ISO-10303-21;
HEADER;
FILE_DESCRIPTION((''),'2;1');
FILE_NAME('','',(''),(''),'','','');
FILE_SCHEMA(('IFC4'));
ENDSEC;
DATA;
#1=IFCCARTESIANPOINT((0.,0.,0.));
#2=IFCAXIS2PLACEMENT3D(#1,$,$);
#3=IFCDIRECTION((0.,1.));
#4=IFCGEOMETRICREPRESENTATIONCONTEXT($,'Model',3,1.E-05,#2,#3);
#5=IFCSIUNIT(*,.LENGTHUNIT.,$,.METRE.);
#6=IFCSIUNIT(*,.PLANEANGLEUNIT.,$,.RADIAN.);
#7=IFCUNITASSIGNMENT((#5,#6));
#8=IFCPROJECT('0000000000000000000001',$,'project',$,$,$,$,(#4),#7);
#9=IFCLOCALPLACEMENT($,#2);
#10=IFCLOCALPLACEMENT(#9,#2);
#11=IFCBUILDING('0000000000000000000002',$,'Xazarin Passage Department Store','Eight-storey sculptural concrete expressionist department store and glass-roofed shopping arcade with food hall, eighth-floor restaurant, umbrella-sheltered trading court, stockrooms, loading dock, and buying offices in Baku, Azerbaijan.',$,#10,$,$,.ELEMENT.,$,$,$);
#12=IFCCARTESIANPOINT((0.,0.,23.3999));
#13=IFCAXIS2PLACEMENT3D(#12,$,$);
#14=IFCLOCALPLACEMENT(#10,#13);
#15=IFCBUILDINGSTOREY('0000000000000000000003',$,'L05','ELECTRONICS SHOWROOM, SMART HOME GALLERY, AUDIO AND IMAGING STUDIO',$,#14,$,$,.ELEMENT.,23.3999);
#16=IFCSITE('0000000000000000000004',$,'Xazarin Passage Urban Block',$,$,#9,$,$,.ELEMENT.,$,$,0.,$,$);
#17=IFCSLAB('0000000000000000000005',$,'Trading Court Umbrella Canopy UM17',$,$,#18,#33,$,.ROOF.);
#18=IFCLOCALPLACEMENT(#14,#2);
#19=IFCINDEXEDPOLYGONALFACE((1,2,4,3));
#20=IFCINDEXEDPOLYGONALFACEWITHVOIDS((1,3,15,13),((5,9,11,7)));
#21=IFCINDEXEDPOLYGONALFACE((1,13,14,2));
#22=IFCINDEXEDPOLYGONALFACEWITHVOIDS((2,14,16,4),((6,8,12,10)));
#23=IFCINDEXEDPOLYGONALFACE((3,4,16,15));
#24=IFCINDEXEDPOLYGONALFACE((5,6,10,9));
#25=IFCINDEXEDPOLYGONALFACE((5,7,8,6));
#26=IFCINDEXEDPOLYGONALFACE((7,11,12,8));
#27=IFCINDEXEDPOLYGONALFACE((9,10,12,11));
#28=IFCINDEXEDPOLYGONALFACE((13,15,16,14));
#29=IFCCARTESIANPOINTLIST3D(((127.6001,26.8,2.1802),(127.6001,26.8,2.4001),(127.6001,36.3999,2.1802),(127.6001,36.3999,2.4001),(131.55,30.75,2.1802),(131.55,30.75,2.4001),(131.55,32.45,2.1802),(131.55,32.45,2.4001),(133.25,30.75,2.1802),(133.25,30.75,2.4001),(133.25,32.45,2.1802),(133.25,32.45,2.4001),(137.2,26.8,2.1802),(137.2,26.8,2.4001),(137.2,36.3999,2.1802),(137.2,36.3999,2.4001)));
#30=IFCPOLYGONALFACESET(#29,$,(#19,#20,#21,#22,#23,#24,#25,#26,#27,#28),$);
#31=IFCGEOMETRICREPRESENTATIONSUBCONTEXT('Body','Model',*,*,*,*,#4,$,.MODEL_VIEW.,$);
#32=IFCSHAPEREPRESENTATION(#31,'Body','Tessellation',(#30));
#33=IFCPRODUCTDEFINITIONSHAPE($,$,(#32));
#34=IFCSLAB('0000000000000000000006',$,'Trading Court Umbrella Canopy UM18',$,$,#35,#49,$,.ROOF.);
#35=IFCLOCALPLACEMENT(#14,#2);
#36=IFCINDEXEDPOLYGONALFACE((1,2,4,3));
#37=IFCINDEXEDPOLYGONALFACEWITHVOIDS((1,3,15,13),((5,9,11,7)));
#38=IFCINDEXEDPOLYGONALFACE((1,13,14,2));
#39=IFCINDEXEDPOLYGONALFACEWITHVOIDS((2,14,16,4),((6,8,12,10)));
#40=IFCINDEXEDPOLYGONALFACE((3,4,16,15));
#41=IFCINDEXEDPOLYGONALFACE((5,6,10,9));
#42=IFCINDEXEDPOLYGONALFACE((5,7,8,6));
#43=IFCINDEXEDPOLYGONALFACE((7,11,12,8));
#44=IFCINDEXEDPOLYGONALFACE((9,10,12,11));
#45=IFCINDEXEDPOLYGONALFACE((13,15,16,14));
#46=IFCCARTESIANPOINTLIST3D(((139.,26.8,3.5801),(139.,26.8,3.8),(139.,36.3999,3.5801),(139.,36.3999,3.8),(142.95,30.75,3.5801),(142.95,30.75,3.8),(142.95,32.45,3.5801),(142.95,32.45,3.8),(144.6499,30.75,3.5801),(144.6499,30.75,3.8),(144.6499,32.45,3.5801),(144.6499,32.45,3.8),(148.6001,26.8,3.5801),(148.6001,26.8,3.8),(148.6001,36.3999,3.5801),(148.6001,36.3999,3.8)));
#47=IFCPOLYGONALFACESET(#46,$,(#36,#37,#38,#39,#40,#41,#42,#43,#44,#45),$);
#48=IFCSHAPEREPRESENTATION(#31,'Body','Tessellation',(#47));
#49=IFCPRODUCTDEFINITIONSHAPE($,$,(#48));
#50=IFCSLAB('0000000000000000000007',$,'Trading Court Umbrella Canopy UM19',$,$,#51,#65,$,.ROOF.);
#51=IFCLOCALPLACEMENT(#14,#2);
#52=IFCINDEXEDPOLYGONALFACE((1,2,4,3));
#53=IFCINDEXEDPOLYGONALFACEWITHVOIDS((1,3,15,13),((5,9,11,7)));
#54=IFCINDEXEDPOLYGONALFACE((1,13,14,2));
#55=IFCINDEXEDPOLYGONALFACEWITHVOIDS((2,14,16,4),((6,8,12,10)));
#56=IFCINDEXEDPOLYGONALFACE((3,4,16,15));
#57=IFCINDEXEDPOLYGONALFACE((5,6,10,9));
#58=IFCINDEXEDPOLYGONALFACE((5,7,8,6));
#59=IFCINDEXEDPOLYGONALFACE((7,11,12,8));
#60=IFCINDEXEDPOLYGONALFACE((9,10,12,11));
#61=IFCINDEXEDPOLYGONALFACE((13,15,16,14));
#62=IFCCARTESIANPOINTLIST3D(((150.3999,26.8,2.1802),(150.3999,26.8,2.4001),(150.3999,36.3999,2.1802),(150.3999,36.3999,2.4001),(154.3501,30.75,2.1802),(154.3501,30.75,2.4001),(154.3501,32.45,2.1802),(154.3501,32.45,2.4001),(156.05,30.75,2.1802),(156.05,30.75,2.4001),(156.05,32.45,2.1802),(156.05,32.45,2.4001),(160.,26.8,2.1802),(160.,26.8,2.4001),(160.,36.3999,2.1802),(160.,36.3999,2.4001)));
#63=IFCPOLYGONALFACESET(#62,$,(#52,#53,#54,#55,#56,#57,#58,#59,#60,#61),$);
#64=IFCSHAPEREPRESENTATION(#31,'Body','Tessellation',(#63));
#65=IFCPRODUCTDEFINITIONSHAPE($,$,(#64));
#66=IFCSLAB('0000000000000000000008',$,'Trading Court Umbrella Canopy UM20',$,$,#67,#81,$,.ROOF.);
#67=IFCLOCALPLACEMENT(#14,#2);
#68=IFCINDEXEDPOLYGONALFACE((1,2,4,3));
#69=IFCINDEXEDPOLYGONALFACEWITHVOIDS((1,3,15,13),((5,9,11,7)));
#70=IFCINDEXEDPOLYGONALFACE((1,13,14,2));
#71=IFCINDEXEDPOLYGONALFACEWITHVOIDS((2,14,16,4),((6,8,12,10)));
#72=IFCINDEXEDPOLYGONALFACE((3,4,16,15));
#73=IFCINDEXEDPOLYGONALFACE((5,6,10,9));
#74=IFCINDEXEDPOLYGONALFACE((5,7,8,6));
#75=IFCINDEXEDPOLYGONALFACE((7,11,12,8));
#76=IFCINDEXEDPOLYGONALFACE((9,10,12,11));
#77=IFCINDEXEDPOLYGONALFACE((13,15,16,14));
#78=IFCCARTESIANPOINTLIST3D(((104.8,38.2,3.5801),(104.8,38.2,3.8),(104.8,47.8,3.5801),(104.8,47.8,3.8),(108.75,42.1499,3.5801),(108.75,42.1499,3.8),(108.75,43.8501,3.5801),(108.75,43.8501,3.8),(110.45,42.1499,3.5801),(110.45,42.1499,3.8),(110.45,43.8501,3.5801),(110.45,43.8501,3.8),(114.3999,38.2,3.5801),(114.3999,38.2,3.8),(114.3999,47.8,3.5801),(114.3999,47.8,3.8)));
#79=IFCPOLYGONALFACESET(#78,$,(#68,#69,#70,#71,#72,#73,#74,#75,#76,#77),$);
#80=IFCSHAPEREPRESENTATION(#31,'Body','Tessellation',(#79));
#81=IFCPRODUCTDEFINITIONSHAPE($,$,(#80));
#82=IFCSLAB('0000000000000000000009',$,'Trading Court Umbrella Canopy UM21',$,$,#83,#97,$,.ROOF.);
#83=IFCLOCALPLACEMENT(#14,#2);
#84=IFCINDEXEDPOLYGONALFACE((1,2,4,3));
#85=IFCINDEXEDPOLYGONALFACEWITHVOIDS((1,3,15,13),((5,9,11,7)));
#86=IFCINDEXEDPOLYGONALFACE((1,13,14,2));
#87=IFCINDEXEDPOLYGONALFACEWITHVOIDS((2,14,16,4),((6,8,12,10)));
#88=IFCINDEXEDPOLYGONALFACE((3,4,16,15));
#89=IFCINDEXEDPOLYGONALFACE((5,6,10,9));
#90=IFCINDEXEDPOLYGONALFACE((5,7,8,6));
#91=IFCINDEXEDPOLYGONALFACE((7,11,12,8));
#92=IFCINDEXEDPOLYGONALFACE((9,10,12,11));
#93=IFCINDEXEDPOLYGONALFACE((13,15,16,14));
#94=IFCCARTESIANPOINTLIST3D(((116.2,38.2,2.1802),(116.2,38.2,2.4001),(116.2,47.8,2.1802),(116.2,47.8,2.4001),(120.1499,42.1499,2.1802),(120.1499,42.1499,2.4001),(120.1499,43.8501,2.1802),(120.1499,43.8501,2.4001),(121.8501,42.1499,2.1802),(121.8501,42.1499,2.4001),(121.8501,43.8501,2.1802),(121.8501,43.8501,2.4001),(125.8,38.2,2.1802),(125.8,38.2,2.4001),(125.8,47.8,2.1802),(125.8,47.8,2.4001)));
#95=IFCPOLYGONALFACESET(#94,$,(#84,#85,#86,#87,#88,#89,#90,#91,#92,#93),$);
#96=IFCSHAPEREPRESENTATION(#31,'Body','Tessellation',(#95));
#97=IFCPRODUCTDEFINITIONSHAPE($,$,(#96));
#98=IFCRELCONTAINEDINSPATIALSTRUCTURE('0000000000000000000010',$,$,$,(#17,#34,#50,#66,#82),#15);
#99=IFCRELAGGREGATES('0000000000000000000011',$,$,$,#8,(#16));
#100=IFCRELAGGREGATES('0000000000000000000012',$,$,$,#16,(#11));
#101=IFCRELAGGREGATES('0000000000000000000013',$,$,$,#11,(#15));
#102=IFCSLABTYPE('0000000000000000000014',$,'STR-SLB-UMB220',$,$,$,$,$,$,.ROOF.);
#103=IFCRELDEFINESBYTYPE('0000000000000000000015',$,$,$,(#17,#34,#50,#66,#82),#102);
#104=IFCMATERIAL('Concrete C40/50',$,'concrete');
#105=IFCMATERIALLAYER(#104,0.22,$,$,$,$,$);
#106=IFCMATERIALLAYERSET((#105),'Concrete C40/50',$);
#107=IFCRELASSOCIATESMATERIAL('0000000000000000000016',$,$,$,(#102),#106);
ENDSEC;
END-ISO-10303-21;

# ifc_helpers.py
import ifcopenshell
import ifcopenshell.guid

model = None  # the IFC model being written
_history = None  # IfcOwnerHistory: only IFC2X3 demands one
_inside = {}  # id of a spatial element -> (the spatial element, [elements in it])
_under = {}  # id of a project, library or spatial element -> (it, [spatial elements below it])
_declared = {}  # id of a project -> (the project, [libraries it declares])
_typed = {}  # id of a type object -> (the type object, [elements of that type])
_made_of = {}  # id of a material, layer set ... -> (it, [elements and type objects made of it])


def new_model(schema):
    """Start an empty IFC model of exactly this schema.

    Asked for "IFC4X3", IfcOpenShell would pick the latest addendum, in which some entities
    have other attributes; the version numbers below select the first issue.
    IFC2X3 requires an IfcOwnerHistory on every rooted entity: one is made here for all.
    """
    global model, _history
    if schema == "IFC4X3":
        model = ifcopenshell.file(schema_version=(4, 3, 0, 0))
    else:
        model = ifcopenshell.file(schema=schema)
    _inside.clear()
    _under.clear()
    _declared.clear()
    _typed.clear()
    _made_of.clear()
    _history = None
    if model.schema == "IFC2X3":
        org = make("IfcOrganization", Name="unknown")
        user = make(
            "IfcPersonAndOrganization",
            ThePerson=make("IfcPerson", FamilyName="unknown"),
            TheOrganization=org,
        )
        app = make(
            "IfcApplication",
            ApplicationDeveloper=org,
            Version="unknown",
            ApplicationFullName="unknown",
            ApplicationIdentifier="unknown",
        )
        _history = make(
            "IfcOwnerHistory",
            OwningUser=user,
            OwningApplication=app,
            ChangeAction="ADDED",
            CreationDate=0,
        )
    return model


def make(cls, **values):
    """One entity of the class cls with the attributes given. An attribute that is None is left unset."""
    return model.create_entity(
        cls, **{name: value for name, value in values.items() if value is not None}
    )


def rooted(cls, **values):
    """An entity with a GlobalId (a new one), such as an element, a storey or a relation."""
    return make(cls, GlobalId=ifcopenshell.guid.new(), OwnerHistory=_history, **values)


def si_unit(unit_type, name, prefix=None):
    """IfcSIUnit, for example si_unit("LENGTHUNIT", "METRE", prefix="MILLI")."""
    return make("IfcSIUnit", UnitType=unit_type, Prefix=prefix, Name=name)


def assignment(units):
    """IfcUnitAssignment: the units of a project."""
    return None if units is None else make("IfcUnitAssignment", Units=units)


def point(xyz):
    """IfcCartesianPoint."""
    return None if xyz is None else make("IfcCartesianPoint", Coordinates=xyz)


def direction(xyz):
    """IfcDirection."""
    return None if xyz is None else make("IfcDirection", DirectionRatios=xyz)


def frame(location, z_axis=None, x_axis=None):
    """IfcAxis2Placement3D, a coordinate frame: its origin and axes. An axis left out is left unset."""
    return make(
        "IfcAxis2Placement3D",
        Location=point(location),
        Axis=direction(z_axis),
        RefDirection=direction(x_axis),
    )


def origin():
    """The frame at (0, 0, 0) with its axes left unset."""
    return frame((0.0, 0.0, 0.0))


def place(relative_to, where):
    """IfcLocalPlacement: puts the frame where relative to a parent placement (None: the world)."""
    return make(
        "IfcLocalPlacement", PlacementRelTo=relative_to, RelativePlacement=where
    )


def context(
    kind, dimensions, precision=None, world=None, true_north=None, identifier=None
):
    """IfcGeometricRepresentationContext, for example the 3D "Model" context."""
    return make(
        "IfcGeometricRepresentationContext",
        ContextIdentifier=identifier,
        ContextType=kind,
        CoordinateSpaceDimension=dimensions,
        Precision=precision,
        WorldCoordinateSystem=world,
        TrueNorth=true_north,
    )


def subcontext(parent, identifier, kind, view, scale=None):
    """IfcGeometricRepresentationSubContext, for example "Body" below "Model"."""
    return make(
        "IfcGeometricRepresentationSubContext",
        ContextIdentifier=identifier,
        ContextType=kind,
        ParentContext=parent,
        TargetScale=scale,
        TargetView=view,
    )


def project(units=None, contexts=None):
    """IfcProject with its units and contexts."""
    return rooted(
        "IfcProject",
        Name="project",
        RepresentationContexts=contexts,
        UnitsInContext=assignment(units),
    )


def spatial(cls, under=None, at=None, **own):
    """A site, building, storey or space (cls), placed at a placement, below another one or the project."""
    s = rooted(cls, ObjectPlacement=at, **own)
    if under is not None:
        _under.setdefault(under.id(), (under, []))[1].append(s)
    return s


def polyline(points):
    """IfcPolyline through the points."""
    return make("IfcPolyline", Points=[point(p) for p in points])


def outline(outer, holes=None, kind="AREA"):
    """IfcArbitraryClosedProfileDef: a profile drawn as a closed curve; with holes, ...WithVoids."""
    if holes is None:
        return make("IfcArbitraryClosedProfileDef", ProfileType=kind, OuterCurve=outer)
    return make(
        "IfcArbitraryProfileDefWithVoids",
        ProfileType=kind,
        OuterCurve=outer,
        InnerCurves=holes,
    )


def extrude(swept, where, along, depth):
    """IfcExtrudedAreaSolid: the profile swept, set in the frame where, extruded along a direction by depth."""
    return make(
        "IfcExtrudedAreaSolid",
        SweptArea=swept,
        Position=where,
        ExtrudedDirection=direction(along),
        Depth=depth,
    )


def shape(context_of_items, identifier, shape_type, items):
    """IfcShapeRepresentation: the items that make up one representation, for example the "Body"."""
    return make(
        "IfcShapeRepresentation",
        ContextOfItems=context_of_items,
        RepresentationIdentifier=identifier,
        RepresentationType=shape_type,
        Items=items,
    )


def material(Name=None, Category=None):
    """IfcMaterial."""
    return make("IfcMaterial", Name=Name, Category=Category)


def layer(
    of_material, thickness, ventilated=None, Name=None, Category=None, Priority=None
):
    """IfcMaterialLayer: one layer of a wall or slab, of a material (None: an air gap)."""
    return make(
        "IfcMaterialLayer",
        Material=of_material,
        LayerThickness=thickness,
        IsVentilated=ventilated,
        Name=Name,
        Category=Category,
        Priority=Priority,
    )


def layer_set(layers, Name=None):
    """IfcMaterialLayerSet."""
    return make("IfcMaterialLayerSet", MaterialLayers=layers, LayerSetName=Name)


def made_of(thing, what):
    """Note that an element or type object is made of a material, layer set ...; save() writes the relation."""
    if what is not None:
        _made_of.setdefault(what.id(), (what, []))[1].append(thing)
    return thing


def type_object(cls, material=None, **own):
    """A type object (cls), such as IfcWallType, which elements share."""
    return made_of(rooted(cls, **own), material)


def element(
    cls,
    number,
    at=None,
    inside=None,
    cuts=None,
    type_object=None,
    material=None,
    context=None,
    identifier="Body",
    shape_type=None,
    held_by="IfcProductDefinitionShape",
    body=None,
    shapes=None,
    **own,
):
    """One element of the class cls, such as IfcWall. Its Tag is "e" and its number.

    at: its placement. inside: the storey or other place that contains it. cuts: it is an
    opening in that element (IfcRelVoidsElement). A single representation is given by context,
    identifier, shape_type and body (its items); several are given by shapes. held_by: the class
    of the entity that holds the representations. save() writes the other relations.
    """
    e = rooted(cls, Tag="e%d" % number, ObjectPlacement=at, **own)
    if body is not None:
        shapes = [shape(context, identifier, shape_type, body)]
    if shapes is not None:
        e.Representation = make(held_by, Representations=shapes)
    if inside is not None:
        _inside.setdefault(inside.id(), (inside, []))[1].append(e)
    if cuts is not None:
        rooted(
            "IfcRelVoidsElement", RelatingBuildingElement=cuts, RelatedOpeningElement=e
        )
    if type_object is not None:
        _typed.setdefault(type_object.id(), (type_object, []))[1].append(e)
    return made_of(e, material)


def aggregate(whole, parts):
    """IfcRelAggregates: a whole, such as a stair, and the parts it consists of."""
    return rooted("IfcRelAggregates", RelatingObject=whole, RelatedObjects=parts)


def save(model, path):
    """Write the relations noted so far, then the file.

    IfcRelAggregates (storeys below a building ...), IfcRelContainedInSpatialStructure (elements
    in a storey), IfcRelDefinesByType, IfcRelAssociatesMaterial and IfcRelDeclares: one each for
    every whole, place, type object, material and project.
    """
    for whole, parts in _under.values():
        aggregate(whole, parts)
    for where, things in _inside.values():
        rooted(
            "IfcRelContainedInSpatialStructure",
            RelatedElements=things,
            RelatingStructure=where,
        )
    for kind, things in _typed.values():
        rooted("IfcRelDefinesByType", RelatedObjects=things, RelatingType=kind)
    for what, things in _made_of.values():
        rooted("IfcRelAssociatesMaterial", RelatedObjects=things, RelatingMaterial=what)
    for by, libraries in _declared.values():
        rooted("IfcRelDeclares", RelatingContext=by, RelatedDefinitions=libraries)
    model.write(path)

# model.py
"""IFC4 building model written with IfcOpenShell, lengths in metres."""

from ifc_helpers import new_model, si_unit, direction, frame, origin, place, context, subcontext, project, spatial, polyline, outline, extrude, material, layer, layer_set, type_object, element, save


model = new_model("IFC4")

# Units and contexts
model_context = context("Model", 3, precision=1e-05, world=origin(), true_north=direction((0.0, 1.0)))
body_context = subcontext(model_context, "Body", "Model", "MODEL_VIEW")
ifc_project = project(units=[si_unit("LENGTHUNIT", "METRE"), si_unit("PLANEANGLEUNIT", "RADIAN")], contexts=[model_context])

# Site, building, storey
site_placement = place(None, origin())
site = spatial("IfcSite", under=ifc_project, at=site_placement, Name="Xazarin Passage Urban Block", CompositionType="ELEMENT", RefElevation=0.0)
building_placement = place(site_placement, origin())
building = spatial("IfcBuilding", under=site, at=building_placement, Name="Xazarin Passage Department Store", Description="Eight-storey sculptural concrete expressionist department store and glass-roofed shopping arcade with food hall, eighth-floor restaurant, umbrella-sheltered trading court, stockrooms, loading dock, and buying offices in Baku, Azerbaijan.", CompositionType="ELEMENT")
storey_placement = place(building_placement, frame((0.0, 0.0, 23.3999)))
storey = spatial("IfcBuildingStorey", under=building, at=storey_placement, Name="L05", Description="ELECTRONICS SHOWROOM, SMART HOME GALLERY, AUDIO AND IMAGING STUDIO", CompositionType="ELEMENT", Elevation=23.3999)

# Slabs
ifc_material_1 = material(Name="Concrete C40/50", Category="concrete")
ifc_layer_1 = layer(ifc_material_1, 0.22)
ifc_layer_set_1 = layer_set([ifc_layer_1], Name="Concrete C40/50")
slab_type_1 = type_object("IfcSlabType", Name="STR-SLB-UMB220", PredefinedType="ROOF", material=ifc_layer_set_1)
slab_1_placement = place(storey_placement, frame((0.0, 0.0, 2.1802)))
element("IfcSlab", 1, at=slab_1_placement, inside=storey, type_object=slab_type_1, Name="Trading Court Umbrella Canopy UM17", PredefinedType="ROOF", context=body_context, shape_type="SweptSolid", body=[
    extrude(outline(polyline([(127.6001, 26.8), (137.2, 26.8), (137.2, 36.3999), (127.6001, 36.3999), (127.6001, 26.8)]), holes=[polyline([(131.55, 32.45), (133.25, 32.45), (133.25, 30.75), (131.55, 30.75), (131.55, 32.45)])]), origin(), (0.0, 0.0, 1.0), 0.22),
])
slab_2_placement = place(storey_placement, frame((0.0, 0.0, 3.5801)))
element("IfcSlab", 2, at=slab_2_placement, inside=storey, type_object=slab_type_1, Name="Trading Court Umbrella Canopy UM18", PredefinedType="ROOF", context=body_context, shape_type="SweptSolid", body=[
    extrude(outline(polyline([(139.0, 26.8), (148.6001, 26.8), (148.6001, 36.3999), (139.0, 36.3999), (139.0, 26.8)]), holes=[polyline([(142.95, 32.45), (144.6499, 32.45), (144.6499, 30.75), (142.95, 30.75), (142.95, 32.45)])]), origin(), (0.0, 0.0, 1.0), 0.22),
])
slab_3_placement = place(storey_placement, frame((0.0, 0.0, 2.1802)))
element("IfcSlab", 3, at=slab_3_placement, inside=storey, type_object=slab_type_1, Name="Trading Court Umbrella Canopy UM19", PredefinedType="ROOF", context=body_context, shape_type="SweptSolid", body=[
    extrude(outline(polyline([(150.3999, 26.8), (160.0, 26.8), (160.0, 36.3999), (150.3999, 36.3999), (150.3999, 26.8)]), holes=[polyline([(154.3501, 32.45), (156.05, 32.45), (156.05, 30.75), (154.3501, 30.75), (154.3501, 32.45)])]), origin(), (0.0, 0.0, 1.0), 0.22),
])
slab_4_placement = place(storey_placement, frame((0.0, 0.0, 3.5801)))
element("IfcSlab", 4, at=slab_4_placement, inside=storey, type_object=slab_type_1, Name="Trading Court Umbrella Canopy UM20", PredefinedType="ROOF", context=body_context, shape_type="SweptSolid", body=[
    extrude(outline(polyline([(104.8, 38.2), (114.3999, 38.2), (114.3999, 47.8), (104.8, 47.8), (104.8, 38.2)]), holes=[polyline([(108.75, 43.8501), (110.45, 43.8501), (110.45, 42.1499), (108.75, 42.1499), (108.75, 43.8501)])]), origin(), (0.0, 0.0, 1.0), 0.22),
])
slab_5_placement = place(storey_placement, frame((0.0, 0.0, 2.1802)))
element("IfcSlab", 5, at=slab_5_placement, inside=storey, type_object=slab_type_1, Name="Trading Court Umbrella Canopy UM21", PredefinedType="ROOF", context=body_context, shape_type="SweptSolid", body=[
    extrude(outline(polyline([(116.2, 38.2), (125.8, 38.2), (125.8, 47.8), (116.2, 47.8), (116.2, 38.2)]), holes=[polyline([(120.1499, 43.8501), (121.8501, 43.8501), (121.8501, 42.1499), (120.1499, 42.1499), (120.1499, 43.8501)])]), origin(), (0.0, 0.0, 1.0), 0.22),
])

save(model, "model.ifc")
